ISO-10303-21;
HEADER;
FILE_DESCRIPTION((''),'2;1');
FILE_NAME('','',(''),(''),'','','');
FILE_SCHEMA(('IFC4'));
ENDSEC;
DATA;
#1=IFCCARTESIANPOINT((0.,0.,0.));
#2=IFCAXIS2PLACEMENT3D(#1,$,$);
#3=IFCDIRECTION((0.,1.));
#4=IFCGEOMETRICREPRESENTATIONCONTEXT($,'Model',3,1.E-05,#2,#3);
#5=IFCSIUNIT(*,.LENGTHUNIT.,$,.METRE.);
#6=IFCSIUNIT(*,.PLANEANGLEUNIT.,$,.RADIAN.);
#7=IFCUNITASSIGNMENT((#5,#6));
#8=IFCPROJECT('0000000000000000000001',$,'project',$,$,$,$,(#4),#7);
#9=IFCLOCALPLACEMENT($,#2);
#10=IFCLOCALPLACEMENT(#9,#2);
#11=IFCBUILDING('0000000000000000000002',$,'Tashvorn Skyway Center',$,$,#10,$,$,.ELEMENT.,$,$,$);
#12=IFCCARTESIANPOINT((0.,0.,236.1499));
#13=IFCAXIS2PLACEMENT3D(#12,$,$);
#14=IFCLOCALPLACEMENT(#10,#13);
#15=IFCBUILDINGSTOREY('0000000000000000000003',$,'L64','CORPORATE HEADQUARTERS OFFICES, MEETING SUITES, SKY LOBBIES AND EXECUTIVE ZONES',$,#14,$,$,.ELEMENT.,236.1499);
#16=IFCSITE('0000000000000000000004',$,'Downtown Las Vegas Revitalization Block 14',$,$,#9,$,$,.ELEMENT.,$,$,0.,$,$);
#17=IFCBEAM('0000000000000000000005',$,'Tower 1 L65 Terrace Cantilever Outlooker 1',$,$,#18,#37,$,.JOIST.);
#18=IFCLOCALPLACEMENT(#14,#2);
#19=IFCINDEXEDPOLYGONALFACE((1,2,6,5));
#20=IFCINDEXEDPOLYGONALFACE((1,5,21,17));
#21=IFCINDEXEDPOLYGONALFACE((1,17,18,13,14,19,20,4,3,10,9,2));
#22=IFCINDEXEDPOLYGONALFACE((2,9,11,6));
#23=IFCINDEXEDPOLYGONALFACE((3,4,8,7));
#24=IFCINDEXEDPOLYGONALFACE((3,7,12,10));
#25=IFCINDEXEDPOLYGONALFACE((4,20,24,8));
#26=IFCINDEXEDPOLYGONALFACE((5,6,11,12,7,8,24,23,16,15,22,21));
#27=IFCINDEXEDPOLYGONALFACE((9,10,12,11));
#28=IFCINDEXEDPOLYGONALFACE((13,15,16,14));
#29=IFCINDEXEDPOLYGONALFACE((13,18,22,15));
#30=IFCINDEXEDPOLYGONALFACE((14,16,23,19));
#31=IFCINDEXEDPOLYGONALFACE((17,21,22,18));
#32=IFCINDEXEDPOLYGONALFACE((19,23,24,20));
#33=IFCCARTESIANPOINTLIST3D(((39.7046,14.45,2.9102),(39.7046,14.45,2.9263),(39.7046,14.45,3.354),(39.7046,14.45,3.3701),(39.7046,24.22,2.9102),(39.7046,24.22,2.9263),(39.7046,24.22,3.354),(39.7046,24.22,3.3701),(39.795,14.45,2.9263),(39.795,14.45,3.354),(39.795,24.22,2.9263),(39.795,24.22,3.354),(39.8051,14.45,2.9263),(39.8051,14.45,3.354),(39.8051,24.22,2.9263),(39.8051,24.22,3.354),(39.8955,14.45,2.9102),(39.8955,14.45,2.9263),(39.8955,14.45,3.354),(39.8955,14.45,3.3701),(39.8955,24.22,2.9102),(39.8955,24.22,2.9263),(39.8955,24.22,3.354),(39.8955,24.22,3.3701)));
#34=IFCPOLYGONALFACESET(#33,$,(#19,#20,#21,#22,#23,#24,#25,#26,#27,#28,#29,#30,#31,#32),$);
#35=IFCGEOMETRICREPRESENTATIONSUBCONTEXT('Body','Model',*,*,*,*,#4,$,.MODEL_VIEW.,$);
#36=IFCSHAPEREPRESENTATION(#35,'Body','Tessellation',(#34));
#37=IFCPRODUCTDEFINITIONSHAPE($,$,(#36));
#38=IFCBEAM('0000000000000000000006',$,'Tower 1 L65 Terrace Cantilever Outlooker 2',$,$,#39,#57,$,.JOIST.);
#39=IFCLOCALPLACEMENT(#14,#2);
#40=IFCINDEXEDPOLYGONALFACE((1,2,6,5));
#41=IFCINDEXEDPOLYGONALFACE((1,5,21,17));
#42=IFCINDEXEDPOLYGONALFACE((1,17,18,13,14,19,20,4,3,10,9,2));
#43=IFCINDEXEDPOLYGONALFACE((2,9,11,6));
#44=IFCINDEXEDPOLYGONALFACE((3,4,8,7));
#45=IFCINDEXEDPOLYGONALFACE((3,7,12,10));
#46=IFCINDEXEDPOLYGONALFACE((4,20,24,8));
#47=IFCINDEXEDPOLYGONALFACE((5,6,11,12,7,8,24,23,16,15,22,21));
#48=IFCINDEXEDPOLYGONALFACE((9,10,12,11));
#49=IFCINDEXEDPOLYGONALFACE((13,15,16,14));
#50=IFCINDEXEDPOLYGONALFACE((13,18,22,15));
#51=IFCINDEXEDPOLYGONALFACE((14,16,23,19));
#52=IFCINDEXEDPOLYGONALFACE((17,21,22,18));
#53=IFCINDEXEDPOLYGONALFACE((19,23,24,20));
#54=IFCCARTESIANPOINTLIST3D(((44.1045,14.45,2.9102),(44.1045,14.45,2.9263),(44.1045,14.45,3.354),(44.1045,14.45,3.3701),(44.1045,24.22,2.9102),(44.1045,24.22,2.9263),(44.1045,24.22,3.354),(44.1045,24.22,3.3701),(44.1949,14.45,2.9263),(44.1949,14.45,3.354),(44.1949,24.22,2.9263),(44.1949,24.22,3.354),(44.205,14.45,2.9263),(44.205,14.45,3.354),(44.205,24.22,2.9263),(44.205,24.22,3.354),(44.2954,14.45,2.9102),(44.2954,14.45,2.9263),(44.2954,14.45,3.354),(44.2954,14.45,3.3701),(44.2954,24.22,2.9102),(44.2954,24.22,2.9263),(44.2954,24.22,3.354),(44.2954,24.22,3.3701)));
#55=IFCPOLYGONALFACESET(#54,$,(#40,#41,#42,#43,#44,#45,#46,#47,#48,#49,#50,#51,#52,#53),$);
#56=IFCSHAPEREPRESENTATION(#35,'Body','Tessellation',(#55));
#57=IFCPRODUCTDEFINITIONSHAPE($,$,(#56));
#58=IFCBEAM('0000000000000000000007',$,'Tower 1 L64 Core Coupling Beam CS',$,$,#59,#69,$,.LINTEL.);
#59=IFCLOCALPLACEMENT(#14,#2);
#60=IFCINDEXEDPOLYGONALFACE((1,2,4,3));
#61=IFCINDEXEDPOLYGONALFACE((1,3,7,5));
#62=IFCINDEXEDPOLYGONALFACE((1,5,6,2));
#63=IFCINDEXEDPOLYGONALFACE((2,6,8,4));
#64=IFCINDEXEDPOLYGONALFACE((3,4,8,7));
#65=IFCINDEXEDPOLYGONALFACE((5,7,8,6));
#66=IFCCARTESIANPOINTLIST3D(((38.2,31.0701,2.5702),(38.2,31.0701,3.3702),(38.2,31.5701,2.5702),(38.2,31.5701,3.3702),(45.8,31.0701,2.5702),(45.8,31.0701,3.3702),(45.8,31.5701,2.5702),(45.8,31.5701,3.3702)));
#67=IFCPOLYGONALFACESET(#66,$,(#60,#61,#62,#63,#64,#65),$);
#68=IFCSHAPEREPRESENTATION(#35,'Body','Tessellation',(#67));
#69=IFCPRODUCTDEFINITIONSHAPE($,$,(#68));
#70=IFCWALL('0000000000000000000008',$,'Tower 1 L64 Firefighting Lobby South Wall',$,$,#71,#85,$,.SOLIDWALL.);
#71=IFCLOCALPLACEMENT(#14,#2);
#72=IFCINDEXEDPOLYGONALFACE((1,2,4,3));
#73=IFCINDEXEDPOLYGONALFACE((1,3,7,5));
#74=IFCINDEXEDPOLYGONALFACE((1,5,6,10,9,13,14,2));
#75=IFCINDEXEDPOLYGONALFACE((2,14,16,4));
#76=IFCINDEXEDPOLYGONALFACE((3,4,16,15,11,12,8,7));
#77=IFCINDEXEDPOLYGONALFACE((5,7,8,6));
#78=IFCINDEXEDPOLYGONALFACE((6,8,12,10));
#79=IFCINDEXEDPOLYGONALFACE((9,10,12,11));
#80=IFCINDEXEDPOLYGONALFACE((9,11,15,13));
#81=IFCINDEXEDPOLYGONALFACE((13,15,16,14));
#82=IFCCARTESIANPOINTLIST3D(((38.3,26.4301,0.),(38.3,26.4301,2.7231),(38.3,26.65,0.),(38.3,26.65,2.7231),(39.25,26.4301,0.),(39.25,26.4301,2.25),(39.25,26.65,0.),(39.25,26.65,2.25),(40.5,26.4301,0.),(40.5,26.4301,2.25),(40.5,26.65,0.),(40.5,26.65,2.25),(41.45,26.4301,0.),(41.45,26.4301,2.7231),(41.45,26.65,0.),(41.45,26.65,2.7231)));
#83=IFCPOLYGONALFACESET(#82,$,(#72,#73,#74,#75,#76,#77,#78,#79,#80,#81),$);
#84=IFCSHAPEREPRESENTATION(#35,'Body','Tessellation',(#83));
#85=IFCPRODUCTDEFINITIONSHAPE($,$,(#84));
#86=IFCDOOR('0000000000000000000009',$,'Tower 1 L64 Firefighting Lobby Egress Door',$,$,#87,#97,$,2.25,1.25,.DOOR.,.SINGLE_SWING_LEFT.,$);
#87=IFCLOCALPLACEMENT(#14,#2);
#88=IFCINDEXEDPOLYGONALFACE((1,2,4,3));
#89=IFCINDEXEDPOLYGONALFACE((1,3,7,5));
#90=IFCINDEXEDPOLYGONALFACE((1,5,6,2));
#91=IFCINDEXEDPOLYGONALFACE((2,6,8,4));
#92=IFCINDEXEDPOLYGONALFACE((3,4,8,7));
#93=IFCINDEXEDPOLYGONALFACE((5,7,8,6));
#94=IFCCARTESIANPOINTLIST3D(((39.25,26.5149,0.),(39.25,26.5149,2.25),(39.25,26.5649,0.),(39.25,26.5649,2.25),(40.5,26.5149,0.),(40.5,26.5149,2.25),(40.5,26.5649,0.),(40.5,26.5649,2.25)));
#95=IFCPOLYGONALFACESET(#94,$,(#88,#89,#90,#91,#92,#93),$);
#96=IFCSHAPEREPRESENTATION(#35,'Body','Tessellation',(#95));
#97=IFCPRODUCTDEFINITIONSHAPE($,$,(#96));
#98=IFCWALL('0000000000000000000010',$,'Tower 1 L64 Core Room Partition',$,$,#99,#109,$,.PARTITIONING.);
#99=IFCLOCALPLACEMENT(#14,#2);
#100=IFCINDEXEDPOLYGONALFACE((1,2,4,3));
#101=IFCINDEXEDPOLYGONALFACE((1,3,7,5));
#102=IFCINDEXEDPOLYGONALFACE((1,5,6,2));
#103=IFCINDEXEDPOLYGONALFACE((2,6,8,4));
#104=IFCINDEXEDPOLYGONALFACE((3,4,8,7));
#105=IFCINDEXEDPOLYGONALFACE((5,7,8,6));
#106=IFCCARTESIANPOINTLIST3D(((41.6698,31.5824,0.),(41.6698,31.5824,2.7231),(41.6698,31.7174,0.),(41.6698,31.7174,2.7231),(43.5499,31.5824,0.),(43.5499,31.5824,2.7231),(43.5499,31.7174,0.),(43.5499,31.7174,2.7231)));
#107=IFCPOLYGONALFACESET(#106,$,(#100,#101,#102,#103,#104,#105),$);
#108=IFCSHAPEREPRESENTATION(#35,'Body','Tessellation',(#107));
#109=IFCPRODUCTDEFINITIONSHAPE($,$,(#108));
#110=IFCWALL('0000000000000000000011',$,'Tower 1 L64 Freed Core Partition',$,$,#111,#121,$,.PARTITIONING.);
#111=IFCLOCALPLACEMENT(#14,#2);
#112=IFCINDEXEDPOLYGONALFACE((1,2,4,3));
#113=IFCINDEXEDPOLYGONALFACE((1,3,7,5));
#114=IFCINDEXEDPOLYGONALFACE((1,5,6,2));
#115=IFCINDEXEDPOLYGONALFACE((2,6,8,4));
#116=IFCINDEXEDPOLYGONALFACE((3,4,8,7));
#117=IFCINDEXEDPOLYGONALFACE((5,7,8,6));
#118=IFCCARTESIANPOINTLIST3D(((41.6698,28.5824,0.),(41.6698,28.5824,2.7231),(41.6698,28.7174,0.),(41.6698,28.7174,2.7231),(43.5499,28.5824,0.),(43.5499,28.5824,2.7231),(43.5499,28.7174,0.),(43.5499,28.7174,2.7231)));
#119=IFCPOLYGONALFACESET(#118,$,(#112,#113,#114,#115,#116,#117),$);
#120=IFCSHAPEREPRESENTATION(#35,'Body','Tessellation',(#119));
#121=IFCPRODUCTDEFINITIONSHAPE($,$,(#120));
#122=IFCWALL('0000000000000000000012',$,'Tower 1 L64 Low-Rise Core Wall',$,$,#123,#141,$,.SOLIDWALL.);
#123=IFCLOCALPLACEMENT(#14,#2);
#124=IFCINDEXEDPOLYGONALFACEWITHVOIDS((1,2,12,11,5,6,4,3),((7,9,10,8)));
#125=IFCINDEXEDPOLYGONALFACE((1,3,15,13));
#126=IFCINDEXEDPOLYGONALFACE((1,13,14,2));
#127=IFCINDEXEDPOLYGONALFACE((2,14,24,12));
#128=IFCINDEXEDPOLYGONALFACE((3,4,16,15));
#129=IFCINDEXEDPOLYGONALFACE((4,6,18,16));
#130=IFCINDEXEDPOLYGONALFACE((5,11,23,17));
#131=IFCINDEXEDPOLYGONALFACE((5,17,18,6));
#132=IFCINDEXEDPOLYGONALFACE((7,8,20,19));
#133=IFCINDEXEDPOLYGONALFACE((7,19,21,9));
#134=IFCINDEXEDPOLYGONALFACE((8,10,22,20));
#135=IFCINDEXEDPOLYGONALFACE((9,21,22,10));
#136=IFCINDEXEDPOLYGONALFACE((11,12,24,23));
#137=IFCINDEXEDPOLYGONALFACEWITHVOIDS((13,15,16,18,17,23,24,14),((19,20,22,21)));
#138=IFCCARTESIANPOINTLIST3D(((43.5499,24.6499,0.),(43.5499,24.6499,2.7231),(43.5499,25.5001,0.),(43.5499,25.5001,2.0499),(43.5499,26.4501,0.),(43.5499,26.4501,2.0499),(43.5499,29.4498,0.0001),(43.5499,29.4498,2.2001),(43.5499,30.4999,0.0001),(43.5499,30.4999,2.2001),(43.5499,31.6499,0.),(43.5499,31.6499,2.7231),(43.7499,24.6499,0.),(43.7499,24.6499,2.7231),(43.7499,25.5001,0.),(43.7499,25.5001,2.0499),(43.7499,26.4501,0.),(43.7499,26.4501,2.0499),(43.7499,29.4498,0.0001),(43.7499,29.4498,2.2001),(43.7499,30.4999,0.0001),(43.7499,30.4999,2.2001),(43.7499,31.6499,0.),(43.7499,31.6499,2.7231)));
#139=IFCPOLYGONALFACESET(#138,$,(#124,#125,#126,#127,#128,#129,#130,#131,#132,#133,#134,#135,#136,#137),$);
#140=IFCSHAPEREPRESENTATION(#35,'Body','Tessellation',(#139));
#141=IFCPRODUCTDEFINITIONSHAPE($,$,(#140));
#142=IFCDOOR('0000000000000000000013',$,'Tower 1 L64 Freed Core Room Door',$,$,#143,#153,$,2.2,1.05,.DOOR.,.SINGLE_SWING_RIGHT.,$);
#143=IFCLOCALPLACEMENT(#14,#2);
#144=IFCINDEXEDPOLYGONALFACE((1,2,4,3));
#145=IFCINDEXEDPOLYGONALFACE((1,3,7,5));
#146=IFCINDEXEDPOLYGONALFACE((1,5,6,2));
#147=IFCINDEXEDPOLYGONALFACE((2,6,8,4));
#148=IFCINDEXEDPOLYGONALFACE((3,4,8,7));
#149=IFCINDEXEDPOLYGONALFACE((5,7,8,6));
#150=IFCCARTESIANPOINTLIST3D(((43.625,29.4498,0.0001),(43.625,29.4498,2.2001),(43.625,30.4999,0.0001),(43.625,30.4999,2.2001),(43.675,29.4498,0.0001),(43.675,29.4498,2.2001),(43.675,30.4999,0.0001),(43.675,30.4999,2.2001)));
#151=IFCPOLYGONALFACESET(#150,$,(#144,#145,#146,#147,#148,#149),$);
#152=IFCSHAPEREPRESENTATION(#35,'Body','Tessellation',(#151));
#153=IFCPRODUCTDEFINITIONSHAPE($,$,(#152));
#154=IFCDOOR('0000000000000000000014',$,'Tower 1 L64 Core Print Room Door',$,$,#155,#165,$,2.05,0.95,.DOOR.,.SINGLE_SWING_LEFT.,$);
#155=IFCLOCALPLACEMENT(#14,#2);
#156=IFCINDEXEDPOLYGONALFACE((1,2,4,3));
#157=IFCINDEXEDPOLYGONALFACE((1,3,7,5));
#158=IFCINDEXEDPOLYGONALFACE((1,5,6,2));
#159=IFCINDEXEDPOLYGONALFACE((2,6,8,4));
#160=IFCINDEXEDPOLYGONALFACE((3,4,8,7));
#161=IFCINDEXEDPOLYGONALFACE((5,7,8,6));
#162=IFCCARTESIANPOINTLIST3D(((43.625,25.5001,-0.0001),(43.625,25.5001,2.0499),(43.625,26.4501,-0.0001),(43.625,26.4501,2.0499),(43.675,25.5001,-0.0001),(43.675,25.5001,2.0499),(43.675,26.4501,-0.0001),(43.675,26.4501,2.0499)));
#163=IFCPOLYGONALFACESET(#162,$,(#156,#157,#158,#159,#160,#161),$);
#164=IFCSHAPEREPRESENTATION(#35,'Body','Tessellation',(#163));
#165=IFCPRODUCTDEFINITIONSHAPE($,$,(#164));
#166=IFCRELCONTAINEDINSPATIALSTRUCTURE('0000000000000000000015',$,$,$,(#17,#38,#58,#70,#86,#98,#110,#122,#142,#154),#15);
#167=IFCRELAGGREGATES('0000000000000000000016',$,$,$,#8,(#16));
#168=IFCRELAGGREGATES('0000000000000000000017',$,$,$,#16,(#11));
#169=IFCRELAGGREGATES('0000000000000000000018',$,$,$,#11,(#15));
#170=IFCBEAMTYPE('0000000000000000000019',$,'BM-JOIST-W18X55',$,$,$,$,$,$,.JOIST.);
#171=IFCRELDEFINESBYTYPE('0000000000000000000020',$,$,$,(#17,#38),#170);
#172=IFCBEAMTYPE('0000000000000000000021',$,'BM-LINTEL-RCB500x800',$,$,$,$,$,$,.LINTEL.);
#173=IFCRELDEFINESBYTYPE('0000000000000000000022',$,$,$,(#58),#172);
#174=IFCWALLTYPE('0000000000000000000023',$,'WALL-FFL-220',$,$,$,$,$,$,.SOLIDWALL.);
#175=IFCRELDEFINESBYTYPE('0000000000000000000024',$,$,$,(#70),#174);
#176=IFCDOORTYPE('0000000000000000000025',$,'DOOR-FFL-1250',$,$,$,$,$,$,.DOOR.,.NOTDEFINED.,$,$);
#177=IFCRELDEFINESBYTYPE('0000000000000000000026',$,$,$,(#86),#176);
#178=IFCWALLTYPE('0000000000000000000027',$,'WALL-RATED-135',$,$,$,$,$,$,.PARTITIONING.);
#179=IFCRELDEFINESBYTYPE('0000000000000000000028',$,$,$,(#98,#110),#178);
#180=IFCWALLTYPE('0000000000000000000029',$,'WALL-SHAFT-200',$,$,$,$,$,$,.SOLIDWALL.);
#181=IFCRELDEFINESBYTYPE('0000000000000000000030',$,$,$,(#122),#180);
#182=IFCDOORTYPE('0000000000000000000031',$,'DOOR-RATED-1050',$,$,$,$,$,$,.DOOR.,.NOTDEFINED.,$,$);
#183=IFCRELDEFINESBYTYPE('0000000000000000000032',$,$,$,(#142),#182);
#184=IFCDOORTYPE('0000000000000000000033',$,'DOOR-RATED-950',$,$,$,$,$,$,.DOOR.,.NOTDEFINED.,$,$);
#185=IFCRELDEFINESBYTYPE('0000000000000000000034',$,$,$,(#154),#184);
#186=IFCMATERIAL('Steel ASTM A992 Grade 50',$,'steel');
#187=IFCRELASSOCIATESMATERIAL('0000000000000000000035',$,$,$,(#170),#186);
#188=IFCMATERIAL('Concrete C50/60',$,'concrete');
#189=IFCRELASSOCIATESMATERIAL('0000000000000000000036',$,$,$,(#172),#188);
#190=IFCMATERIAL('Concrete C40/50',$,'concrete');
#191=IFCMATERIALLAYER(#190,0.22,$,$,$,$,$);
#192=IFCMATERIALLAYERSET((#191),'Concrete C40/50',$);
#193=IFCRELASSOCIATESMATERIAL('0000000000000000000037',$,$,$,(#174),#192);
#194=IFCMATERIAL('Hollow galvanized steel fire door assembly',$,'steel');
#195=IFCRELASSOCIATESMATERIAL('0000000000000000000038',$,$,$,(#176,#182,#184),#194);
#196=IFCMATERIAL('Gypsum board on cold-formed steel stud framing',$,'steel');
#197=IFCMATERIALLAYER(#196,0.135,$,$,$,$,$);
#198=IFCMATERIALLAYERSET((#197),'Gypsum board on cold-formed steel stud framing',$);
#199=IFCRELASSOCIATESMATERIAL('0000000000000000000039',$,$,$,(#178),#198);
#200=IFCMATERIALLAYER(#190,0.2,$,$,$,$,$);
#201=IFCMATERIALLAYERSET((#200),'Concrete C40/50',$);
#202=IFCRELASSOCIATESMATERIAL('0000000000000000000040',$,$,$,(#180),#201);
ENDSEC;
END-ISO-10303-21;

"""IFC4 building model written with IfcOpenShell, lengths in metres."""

from ifc_helpers import new_model, si_unit, direction, frame, frame_2d, origin, origin_2d, place, context, subcontext, project, spatial, rectangle, i_section, extrude, material, layer, layer_set, material_profile, profile_set, type_object, element, fill, save


model = new_model("IFC4")

# Units and contexts
model_context = context("Model", 3, precision=1e-05, world=origin(), true_north=direction((0.0, 1.0)))
body_context = subcontext(model_context, "Body", "Model", "MODEL_VIEW")
ifc_project = project(units=[si_unit("LENGTHUNIT", "METRE"), si_unit("PLANEANGLEUNIT", "RADIAN")], contexts=[model_context])

# Site, building, storey
site_placement = place(None, origin())
site = spatial("IfcSite", under=ifc_project, at=site_placement, Name="Downtown Las Vegas Revitalization Block 14", CompositionType="ELEMENT", RefElevation=0.0)
building_placement = place(site_placement, origin())
building = spatial("IfcBuilding", under=site, at=building_placement, Name="Tashvorn Skyway Center", CompositionType="ELEMENT")
storey_placement = place(building_placement, frame((0.0, 0.0, 236.1499)))
storey = spatial("IfcBuildingStorey", under=building, at=storey_placement, Name="L64", Description="CORPORATE HEADQUARTERS OFFICES, MEETING SUITES, SKY LOBBIES AND EXECUTIVE ZONES", CompositionType="ELEMENT", Elevation=236.1499)

# Beams
ifc_material_1 = material(Name="Steel ASTM A992 Grade 50", Category="steel")
ifc_material_profile_1 = material_profile(ifc_material_1, i_section(OverallWidth=0.1909, OverallDepth=0.46, WebThickness=0.01, FlangeThickness=0.0161, at=origin_2d()), Name="W18X55")
ifc_profile_set_1 = profile_set([ifc_material_profile_1], Name="Steel ASTM A992 Grade 50")
beam_type_1 = type_object("IfcBeamType", Name="BM-JOIST-W18X55", PredefinedType="JOIST", material=ifc_profile_set_1)
for number, where, z_axis, x_axis, name in (
    (1, (39.8, 24.22, 3.1401), (0.0, -1.0, 0.0), (1.0, 0.0, 0.0), "Tower 1 L65 Terrace Cantilever Outlooker 1"),
    (2, (44.2, 24.22, 3.1401), (0.0, -1.0, 0.0), (1.0, 0.0, 0.0), "Tower 1 L65 Terrace Cantilever Outlooker 2"),
):
    element("IfcBeam", number, at=place(storey_placement, frame(where, z_axis=z_axis, x_axis=x_axis)), inside=storey, type_object=beam_type_1, Name=name, PredefinedType="JOIST", context=body_context, shape_type="SweptSolid", body=[
        extrude(i_section(OverallWidth=0.1909, OverallDepth=0.46, WebThickness=0.01, FlangeThickness=0.0161, at=origin_2d()), origin(), (0.0, 0.0, 1.0), 9.77),
    ])
ifc_material_2 = material(Name="Concrete C50/60", Category="concrete")
ifc_material_profile_2 = material_profile(ifc_material_2, rectangle(XDim=0.5, YDim=0.8, at=origin_2d()), Name="RCB500x800")
ifc_profile_set_2 = profile_set([ifc_material_profile_2], Name="Concrete C50/60")
beam_type_2 = type_object("IfcBeamType", Name="BM-LINTEL-RCB500x800", PredefinedType="LINTEL", material=ifc_profile_set_2)
beam_placement = place(storey_placement, frame((38.2, 31.3201, 2.9702), z_axis=(1.0, 0.0, 0.0), x_axis=(0.0, 1.0, 0.0)))
element("IfcBeam", 3, at=beam_placement, inside=storey, type_object=beam_type_2, Name="Tower 1 L64 Core Coupling Beam CS", PredefinedType="LINTEL", context=body_context, shape_type="SweptSolid", body=[
    extrude(rectangle(XDim=0.5, YDim=0.8, at=origin_2d()), origin(), (0.0, 0.0, 1.0), 7.6001),
])

# Wall, opening, door
ifc_material_3 = material(Name="Concrete C40/50", Category="concrete")
ifc_layer_1 = layer(ifc_material_3, 0.22)
ifc_layer_set_1 = layer_set([ifc_layer_1], Name="Concrete C40/50")
wall_type_1 = type_object("IfcWallType", Name="WALL-FFL-220", PredefinedType="SOLIDWALL", material=ifc_layer_set_1)
wall_1_placement = place(storey_placement, frame((38.3, 26.54, 0.0), z_axis=(0.0, 0.0, 1.0), x_axis=(1.0, 0.0, 0.0)))
wall_1 = element("IfcWall", 4, at=wall_1_placement, inside=storey, type_object=wall_type_1, Name="Tower 1 L64 Firefighting Lobby South Wall", PredefinedType="SOLIDWALL", context=body_context, shape_type="SweptSolid", body=[
    extrude(rectangle(XDim=3.1499, YDim=0.22, at=frame_2d((1.575, 0.0))), origin(), (0.0, 0.0, 1.0), 2.7231),
])
opening_1_placement = place(wall_1_placement, frame((0.95, 0.0, 0.0)))
opening_1 = element("IfcOpeningElement", 5, at=opening_1_placement, cuts=wall_1, PredefinedType="OPENING", context=body_context, shape_type="SweptSolid", body=[
    extrude(rectangle(XDim=1.25, YDim=2.25, at=frame_2d((0.625, 1.125))), frame((0.0, 0.1199, 0.0), z_axis=(0.0, -1.0, 0.0), x_axis=(1.0, 0.0, 0.0)), (0.0, 0.0, 1.0), 0.24),
])
ifc_material_4 = material(Name="Hollow galvanized steel fire door assembly", Category="steel")
door_type_1 = type_object("IfcDoorType", Name="DOOR-FFL-1250", OperationType="NOTDEFINED", PredefinedType="DOOR", material=ifc_material_4)
door_1_placement = place(opening_1_placement, origin())
door_1 = element("IfcDoor", 6, at=door_1_placement, inside=storey, type_object=door_type_1, Name="Tower 1 L64 Firefighting Lobby Egress Door", OperationType="SINGLE_SWING_LEFT", OverallHeight=2.25, OverallWidth=1.25, PredefinedType="DOOR", context=body_context, shape_type="SweptSolid", body=[
    extrude(rectangle(XDim=1.25, YDim=2.25, at=frame_2d((0.625, 1.125))), frame((0.0, 0.0249, 0.0), z_axis=(0.0, -1.0, 0.0), x_axis=(1.0, 0.0, 0.0)), (0.0, 0.0, 1.0), 0.05),
])
fill(opening_1, door_1)

# Walls
ifc_material_5 = material(Name="Gypsum board on cold-formed steel stud framing", Category="steel")
ifc_layer_2 = layer(ifc_material_5, 0.135)
ifc_layer_set_2 = layer_set([ifc_layer_2], Name="Gypsum board on cold-formed steel stud framing")
wall_type_2 = type_object("IfcWallType", Name="WALL-RATED-135", PredefinedType="PARTITIONING", material=ifc_layer_set_2)
for number, where, z_axis, x_axis, name in (
    (7, (41.6699, 31.6499, 0.0), (0.0, 0.0, 1.0), (1.0, 0.0, 0.0), "Tower 1 L64 Core Room Partition"),
    (8, (41.6699, 28.6499, 0.0), (0.0, 0.0, 1.0), (1.0, 0.0, 0.0), "Tower 1 L64 Freed Core Partition"),
):
    element("IfcWall", number, at=place(storey_placement, frame(where, z_axis=z_axis, x_axis=x_axis)), inside=storey, type_object=wall_type_2, Name=name, PredefinedType="PARTITIONING", context=body_context, shape_type="SweptSolid", body=[
        extrude(rectangle(XDim=1.8801, YDim=0.135, at=frame_2d((0.9399, 0.0))), origin(), (0.0, 0.0, 1.0), 2.7231),
    ])

# Wall, openings, doors
ifc_layer_3 = layer(ifc_material_3, 0.2)
ifc_layer_set_3 = layer_set([ifc_layer_3], Name="Concrete C40/50")
wall_type_3 = type_object("IfcWallType", Name="WALL-SHAFT-200", PredefinedType="SOLIDWALL", material=ifc_layer_set_3)
wall_2_placement = place(storey_placement, frame((43.6499, 24.6499, 0.0), z_axis=(0.0, 0.0, 1.0), x_axis=(0.0, 1.0, 0.0)))
wall_2 = element("IfcWall", 9, at=wall_2_placement, inside=storey, type_object=wall_type_3, Name="Tower 1 L64 Low-Rise Core Wall", PredefinedType="SOLIDWALL", context=body_context, shape_type="SweptSolid", body=[
    extrude(rectangle(XDim=7.0, YDim=0.2, at=frame_2d((3.5, 0.0))), origin(), (0.0, 0.0, 1.0), 2.7231),
])
opening_2_placement = place(wall_2_placement, frame((0.8501, 0.0, 0.0)))
opening_2 = element("IfcOpeningElement", 10, at=opening_2_placement, cuts=wall_2, PredefinedType="OPENING", context=body_context, shape_type="SweptSolid", body=[
    extrude(rectangle(XDim=0.95, YDim=2.05, at=frame_2d((0.4751, 1.0249))), frame((0.0, 0.1099, 0.0), z_axis=(0.0, -1.0, 0.0), x_axis=(1.0, 0.0, 0.0)), (0.0, 0.0, 1.0), 0.22),
])
opening_3_placement = place(wall_2_placement, frame((4.8, 0.0, 0.0)))
opening_3 = element("IfcOpeningElement", 11, at=opening_3_placement, cuts=wall_2, PredefinedType="OPENING", context=body_context, shape_type="SweptSolid", body=[
    extrude(rectangle(XDim=1.05, YDim=2.2, at=frame_2d((0.5249, 1.1001))), frame((0.0, 0.1099, 0.0), z_axis=(0.0, -1.0, 0.0), x_axis=(1.0, 0.0, 0.0)), (0.0, 0.0, 1.0), 0.22),
])
door_type_2 = type_object("IfcDoorType", Name="DOOR-RATED-1050", OperationType="NOTDEFINED", PredefinedType="DOOR", material=ifc_material_4)
door_2_placement = place(opening_3_placement, origin())
door_2 = element("IfcDoor", 12, at=door_2_placement, inside=storey, type_object=door_type_2, Name="Tower 1 L64 Freed Core Room Door", OperationType="SINGLE_SWING_RIGHT", OverallHeight=2.2, OverallWidth=1.05, PredefinedType="DOOR", context=body_context, shape_type="SweptSolid", body=[
    extrude(rectangle(XDim=1.05, YDim=2.2, at=frame_2d((0.5249, 1.1001))), frame((0.0, 0.0249, 0.0), z_axis=(0.0, -1.0, 0.0), x_axis=(1.0, 0.0, 0.0)), (0.0, 0.0, 1.0), 0.05),
])
fill(opening_3, door_2)
door_type_3 = type_object("IfcDoorType", Name="DOOR-RATED-950", OperationType="NOTDEFINED", PredefinedType="DOOR", material=ifc_material_4)
door_3_placement = place(opening_2_placement, origin())
door_3 = element("IfcDoor", 13, at=door_3_placement, inside=storey, type_object=door_type_3, Name="Tower 1 L64 Core Print Room Door", OperationType="SINGLE_SWING_LEFT", OverallHeight=2.05, OverallWidth=0.95, PredefinedType="DOOR", context=body_context, shape_type="SweptSolid", body=[
    extrude(rectangle(XDim=0.95, YDim=2.05, at=frame_2d((0.4751, 1.0249))), frame((0.0, 0.0249, 0.0), z_axis=(0.0, -1.0, 0.0), x_axis=(1.0, 0.0, 0.0)), (0.0, 0.0, 1.0), 0.05),
])
fill(opening_2, door_3)

save(model, "model.ifc")
